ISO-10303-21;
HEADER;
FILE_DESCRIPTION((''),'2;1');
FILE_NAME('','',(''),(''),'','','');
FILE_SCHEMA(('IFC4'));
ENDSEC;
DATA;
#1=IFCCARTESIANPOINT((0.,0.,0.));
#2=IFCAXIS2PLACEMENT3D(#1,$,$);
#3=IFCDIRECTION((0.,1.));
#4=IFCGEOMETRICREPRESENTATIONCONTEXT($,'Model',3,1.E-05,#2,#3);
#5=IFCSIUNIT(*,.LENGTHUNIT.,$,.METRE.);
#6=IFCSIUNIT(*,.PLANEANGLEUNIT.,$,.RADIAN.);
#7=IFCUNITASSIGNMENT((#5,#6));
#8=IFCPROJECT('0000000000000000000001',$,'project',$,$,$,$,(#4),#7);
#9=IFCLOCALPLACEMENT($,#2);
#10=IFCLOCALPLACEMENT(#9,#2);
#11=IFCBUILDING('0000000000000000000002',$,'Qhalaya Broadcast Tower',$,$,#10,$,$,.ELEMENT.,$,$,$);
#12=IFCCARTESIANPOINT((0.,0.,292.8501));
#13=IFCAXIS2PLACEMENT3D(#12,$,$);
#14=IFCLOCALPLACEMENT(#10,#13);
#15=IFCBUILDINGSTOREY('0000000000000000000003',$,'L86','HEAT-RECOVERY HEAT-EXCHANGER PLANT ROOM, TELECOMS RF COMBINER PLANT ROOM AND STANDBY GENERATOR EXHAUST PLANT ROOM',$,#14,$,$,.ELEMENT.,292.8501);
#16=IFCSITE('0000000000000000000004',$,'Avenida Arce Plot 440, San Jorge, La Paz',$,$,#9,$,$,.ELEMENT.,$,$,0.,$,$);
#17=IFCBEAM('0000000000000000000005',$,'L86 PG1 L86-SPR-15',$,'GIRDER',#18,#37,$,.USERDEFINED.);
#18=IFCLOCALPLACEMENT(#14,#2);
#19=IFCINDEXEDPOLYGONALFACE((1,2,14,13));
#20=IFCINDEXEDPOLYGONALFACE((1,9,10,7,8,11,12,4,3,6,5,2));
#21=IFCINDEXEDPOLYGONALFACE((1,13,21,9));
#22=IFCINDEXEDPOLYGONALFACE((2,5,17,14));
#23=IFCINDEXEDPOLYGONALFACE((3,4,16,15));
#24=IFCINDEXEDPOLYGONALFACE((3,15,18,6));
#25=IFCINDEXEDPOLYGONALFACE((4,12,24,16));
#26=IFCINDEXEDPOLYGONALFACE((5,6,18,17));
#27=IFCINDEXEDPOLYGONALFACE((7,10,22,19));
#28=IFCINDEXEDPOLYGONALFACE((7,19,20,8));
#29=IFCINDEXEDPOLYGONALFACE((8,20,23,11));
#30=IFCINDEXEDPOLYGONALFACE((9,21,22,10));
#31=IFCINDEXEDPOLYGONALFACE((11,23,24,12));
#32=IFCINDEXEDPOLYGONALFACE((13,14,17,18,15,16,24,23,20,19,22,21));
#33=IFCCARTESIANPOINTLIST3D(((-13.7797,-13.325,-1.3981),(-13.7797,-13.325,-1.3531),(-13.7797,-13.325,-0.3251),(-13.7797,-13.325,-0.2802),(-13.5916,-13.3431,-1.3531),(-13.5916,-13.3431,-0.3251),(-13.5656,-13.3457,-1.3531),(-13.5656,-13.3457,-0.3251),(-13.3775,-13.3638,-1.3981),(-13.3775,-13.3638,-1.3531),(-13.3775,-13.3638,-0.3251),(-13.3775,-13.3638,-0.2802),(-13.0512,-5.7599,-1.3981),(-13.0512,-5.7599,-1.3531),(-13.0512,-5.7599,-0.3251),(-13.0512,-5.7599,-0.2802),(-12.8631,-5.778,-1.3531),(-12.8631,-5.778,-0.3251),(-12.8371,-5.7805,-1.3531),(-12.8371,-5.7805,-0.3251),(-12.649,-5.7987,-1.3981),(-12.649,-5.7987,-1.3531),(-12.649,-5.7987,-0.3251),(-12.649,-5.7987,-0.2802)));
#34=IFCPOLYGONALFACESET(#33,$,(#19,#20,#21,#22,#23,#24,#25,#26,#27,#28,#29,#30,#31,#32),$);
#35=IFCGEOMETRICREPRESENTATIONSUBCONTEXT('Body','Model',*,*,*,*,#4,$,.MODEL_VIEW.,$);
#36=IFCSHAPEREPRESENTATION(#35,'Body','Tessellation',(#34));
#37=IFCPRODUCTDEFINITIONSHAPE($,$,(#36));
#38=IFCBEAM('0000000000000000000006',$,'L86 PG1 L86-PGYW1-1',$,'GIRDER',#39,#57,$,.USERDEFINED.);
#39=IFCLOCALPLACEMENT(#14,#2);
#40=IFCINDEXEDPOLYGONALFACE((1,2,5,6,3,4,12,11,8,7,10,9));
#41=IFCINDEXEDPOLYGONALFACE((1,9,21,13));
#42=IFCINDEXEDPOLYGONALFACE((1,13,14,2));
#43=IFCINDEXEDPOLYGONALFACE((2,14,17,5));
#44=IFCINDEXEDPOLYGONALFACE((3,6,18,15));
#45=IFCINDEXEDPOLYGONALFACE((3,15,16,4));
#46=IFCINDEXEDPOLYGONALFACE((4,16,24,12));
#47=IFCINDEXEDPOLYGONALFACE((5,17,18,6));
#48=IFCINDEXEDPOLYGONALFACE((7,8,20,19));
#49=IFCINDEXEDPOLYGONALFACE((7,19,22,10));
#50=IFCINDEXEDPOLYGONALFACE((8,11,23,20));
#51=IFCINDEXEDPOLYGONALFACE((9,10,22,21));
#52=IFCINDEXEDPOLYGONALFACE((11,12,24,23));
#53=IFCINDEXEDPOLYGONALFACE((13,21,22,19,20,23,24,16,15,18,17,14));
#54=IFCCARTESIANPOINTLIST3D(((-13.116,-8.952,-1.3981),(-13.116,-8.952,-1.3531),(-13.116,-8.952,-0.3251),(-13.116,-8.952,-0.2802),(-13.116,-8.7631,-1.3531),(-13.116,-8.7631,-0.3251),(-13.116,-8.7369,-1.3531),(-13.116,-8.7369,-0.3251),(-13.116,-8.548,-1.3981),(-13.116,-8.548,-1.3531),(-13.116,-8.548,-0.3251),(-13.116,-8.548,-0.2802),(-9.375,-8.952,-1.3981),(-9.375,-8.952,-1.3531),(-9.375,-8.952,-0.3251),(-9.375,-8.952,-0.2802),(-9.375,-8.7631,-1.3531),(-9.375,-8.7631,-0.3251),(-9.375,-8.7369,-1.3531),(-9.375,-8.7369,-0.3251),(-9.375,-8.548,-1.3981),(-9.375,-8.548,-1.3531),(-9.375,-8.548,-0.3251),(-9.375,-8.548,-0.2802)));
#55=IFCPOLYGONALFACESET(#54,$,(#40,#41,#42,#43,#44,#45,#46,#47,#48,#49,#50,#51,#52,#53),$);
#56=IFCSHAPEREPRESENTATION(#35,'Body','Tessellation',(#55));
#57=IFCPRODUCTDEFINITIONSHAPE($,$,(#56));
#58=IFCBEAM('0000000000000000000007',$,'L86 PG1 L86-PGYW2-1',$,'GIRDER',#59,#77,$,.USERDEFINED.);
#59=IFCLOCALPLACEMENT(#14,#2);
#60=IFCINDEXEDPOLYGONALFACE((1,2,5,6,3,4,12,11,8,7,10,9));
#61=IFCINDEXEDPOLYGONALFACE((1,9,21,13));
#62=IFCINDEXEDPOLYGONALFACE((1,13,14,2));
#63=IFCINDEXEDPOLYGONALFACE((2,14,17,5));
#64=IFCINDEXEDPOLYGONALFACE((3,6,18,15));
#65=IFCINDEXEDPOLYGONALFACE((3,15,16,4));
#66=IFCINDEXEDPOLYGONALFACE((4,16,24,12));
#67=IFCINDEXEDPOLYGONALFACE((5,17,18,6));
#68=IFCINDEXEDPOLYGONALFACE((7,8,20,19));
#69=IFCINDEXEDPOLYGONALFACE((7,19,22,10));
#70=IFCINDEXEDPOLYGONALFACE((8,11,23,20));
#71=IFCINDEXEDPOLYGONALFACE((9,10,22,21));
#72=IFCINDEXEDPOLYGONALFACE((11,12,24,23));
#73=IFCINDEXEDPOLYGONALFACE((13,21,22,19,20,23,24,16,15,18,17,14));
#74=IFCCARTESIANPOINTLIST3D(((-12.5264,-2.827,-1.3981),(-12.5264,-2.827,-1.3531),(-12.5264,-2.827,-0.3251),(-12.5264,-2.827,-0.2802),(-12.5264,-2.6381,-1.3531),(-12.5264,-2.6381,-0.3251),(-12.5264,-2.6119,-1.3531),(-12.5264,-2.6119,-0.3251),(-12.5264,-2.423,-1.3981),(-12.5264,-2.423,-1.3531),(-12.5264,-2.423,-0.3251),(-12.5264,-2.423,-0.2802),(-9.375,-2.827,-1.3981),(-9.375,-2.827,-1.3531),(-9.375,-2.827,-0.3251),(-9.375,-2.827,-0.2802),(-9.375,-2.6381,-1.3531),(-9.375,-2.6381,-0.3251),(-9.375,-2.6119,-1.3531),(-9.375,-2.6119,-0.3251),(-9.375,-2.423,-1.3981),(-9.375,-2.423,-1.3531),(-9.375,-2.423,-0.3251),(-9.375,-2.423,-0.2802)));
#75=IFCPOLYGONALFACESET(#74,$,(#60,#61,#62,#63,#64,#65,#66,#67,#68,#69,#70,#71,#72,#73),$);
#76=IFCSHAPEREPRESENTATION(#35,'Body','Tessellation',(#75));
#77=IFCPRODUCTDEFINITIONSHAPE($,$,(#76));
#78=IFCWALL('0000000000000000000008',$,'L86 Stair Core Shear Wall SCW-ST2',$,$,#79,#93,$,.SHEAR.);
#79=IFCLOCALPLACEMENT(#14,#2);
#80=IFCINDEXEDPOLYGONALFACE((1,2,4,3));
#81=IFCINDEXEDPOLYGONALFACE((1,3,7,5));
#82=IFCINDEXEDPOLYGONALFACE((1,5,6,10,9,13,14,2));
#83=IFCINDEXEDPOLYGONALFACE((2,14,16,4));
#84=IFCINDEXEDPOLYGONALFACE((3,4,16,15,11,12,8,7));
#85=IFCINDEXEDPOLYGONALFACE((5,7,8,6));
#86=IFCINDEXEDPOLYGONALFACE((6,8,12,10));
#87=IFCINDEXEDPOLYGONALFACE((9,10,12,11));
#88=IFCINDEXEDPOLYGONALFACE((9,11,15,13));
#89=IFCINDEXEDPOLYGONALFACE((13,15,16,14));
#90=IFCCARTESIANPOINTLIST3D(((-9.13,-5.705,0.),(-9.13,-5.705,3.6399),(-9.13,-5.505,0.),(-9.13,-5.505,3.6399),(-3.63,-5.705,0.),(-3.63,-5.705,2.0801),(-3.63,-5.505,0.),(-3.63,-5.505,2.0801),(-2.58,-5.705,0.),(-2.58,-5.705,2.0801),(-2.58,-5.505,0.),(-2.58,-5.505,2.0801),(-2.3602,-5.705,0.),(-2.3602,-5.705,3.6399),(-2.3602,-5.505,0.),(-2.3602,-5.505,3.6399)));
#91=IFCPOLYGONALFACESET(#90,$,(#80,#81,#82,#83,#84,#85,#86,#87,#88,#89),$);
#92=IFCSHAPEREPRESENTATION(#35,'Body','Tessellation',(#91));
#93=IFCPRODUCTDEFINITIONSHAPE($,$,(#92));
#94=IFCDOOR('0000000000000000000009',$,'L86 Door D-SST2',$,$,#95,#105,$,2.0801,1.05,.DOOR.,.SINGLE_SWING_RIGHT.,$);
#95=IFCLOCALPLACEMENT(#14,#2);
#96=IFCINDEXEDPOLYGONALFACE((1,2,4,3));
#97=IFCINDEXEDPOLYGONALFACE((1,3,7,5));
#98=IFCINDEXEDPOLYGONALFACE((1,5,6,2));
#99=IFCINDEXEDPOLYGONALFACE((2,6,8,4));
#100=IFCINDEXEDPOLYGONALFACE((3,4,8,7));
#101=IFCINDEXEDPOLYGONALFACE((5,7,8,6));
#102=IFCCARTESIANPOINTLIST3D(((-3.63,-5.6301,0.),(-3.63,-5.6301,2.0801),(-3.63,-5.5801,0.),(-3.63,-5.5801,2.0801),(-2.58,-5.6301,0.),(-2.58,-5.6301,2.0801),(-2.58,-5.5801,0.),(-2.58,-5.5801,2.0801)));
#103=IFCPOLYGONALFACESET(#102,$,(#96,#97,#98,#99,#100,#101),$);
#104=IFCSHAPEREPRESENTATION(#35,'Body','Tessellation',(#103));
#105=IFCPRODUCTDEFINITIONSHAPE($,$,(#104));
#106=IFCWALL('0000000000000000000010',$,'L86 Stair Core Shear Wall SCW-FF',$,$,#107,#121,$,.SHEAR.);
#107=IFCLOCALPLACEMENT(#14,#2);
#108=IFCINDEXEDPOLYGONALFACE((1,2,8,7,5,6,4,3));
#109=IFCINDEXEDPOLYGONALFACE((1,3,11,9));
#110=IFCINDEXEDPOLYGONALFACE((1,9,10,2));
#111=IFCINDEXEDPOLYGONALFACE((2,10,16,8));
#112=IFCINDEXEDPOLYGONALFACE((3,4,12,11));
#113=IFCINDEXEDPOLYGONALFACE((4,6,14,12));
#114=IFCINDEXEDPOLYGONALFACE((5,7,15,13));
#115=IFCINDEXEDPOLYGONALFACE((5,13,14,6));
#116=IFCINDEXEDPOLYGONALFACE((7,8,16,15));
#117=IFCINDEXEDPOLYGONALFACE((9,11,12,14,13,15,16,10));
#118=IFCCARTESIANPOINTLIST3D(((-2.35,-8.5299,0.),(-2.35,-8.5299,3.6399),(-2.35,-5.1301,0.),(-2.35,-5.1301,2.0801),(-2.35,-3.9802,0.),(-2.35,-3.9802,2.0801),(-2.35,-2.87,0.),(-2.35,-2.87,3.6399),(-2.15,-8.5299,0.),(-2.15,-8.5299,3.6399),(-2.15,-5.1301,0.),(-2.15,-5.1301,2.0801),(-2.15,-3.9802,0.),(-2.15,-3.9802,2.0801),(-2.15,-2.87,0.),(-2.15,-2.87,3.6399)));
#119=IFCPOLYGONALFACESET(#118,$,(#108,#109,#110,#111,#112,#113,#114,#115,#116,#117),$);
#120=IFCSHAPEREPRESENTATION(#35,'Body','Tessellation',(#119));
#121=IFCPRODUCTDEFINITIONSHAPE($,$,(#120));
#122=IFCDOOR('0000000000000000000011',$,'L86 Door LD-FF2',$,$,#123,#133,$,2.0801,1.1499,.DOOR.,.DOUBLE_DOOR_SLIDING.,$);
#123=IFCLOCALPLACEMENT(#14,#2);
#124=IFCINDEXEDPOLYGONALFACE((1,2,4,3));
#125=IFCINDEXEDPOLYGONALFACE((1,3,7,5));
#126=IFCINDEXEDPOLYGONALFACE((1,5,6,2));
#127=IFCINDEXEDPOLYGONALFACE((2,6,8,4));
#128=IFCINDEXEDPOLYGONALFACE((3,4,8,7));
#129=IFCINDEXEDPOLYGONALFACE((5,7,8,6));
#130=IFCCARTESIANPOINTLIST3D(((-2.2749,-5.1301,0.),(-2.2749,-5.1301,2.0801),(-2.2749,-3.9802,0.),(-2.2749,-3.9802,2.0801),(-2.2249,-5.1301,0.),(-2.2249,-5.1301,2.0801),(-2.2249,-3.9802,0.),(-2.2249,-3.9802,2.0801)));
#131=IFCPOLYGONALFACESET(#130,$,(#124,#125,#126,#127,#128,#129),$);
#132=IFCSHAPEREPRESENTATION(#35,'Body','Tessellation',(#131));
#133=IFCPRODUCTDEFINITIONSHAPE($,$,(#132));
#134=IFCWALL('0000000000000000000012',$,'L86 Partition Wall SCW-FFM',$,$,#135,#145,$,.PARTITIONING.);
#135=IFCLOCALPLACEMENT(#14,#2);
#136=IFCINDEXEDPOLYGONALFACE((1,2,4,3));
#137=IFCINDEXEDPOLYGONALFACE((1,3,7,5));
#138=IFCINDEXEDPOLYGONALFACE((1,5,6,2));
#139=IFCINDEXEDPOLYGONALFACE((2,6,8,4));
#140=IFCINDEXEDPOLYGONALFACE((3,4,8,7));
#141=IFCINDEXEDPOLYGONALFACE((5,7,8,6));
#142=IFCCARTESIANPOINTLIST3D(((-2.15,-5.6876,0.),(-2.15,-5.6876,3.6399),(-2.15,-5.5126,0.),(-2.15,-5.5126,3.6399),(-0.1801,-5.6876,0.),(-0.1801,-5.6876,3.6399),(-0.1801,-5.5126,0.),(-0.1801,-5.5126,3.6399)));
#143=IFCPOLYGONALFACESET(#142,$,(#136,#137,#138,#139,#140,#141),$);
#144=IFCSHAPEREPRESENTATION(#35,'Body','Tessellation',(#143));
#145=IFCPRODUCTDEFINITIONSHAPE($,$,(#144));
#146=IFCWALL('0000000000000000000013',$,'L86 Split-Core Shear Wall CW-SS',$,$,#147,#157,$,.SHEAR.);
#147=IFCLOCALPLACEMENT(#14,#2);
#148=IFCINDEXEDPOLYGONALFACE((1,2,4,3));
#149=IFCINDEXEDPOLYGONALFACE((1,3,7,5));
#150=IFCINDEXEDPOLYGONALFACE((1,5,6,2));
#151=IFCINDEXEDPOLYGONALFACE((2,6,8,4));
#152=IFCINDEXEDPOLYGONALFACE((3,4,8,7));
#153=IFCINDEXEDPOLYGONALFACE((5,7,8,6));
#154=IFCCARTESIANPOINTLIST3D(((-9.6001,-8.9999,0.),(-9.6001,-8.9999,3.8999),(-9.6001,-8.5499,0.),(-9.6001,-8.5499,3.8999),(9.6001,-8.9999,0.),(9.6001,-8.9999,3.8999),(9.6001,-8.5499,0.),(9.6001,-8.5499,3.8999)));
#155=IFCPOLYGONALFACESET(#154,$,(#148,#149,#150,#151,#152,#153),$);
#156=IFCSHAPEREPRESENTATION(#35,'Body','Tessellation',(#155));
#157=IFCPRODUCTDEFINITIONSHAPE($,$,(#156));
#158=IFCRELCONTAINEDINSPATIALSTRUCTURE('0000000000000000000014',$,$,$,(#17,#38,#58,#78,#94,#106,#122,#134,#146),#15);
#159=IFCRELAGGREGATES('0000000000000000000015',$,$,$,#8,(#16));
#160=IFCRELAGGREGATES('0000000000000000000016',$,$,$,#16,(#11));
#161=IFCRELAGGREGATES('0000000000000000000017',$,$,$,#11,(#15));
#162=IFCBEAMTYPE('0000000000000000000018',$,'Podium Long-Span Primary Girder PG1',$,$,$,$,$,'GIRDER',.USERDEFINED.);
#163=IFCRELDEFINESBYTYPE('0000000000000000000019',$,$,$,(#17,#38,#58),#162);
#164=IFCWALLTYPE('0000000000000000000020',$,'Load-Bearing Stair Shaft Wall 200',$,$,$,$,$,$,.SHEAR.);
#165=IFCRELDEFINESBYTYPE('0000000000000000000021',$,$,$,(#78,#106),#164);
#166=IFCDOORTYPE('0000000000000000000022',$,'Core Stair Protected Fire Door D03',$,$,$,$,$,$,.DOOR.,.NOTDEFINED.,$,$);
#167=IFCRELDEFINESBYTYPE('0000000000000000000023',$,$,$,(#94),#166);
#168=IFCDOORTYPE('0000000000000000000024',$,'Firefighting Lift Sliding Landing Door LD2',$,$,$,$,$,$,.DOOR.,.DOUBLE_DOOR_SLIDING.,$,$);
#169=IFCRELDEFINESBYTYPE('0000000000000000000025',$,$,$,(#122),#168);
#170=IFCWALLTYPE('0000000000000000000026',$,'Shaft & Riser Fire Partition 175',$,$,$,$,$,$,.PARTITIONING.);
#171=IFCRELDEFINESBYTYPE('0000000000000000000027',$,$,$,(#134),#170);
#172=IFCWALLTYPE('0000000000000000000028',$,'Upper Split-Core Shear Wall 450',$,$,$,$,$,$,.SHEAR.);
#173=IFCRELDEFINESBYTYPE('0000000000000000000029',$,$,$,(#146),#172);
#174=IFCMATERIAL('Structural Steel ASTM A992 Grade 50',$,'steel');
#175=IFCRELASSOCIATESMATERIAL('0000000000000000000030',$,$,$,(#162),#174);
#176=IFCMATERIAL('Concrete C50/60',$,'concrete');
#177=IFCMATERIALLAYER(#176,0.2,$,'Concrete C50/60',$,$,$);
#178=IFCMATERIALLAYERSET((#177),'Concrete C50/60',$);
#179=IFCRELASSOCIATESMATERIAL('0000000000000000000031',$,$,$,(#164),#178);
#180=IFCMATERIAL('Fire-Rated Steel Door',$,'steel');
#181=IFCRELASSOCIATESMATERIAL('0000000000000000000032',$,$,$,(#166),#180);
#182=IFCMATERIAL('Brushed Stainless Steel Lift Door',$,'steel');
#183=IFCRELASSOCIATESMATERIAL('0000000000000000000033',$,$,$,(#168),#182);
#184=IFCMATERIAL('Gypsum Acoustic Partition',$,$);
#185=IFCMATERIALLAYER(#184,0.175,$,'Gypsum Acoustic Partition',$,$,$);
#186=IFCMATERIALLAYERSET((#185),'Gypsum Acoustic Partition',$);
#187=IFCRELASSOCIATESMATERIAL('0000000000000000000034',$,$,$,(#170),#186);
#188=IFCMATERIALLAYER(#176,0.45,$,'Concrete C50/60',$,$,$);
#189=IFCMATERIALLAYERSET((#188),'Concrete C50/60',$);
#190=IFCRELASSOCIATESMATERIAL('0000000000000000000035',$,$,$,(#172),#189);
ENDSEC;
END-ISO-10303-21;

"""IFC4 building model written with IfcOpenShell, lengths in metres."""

from ifc_helpers import new_model, si_unit, direction, frame, frame_2d, origin, origin_2d, place, context, subcontext, project, spatial, rectangle, i_section, extrude, material, layer, layer_set, material_profile, profile_set, type_object, element, fill, save


model = new_model("IFC4")

# Units and contexts
model_context = context("Model", 3, precision=1e-05, world=origin(), true_north=direction((0.0, 1.0)))
body_context = subcontext(model_context, "Body", "Model", "MODEL_VIEW")
ifc_project = project(units=[si_unit("LENGTHUNIT", "METRE"), si_unit("PLANEANGLEUNIT", "RADIAN")], contexts=[model_context])

# Site, building, storey
site_placement = place(None, origin())
site = spatial("IfcSite", under=ifc_project, at=site_placement, Name="Avenida Arce Plot 440, San Jorge, La Paz", CompositionType="ELEMENT", RefElevation=0.0)
building_placement = place(site_placement, origin())
building = spatial("IfcBuilding", under=site, at=building_placement, Name="Qhalaya Broadcast Tower", CompositionType="ELEMENT")
storey_placement = place(building_placement, frame((0.0, 0.0, 292.8501)))
storey = spatial("IfcBuildingStorey", under=building, at=storey_placement, Name="L86", Description="HEAT-RECOVERY HEAT-EXCHANGER PLANT ROOM, TELECOMS RF COMBINER PLANT ROOM AND STANDBY GENERATOR EXHAUST PLANT ROOM", CompositionType="ELEMENT", Elevation=292.8501)

# Shared definitions
ifc_material_1 = material(Name="Concrete C50/60", Category="concrete")

# Beams
ifc_material_2 = material(Name="Structural Steel ASTM A992 Grade 50", Category="steel")
ifc_material_profile_1 = material_profile(ifc_material_2, i_section(OverallWidth=0.4041, OverallDepth=1.1179, WebThickness=0.0261, FlangeThickness=0.0449, at=origin_2d()), Name="W44X335")
ifc_profile_set_1 = profile_set([ifc_material_profile_1], Name="Structural Steel ASTM A992 Grade 50")
beam_type_1 = type_object("IfcBeamType", Name="Podium Long-Span Primary Girder PG1", ElementType="GIRDER", PredefinedType="USERDEFINED", material=ifc_profile_set_1)
beam_1_placement = place(storey_placement, frame((-12.8501, -5.7793, -0.8391), z_axis=(-0.095855, -0.995395, 0.0), x_axis=(0.995395, -0.095855, 0.0)))
element("IfcBeam", 1, at=beam_1_placement, inside=storey, type_object=beam_type_1, Name="L86 PG1 L86-SPR-15", ObjectType="GIRDER", PredefinedType="USERDEFINED", context=body_context, shape_type="SweptSolid", body=[
    extrude(i_section(OverallWidth=0.4041, OverallDepth=1.1179, WebThickness=0.0261, FlangeThickness=0.0449, at=origin_2d()), origin(), (0.0, 0.0, 1.0), 7.6001),
])
beam_2_placement = place(storey_placement, frame((-13.116, -8.75, -0.8391), z_axis=(1.0, 0.0, 0.0), x_axis=(0.0, 1.0, 0.0)))
element("IfcBeam", 2, at=beam_2_placement, inside=storey, type_object=beam_type_1, Name="L86 PG1 L86-PGYW1-1", ObjectType="GIRDER", PredefinedType="USERDEFINED", context=body_context, shape_type="SweptSolid", body=[
    extrude(i_section(OverallWidth=0.4041, OverallDepth=1.1179, WebThickness=0.0261, FlangeThickness=0.0449, at=origin_2d()), origin(), (0.0, 0.0, 1.0), 3.741),
])
beam_3_placement = place(storey_placement, frame((-12.5264, -2.625, -0.8391), z_axis=(1.0, 0.0, 0.0), x_axis=(0.0, 1.0, 0.0)))
element("IfcBeam", 3, at=beam_3_placement, inside=storey, type_object=beam_type_1, Name="L86 PG1 L86-PGYW2-1", ObjectType="GIRDER", PredefinedType="USERDEFINED", context=body_context, shape_type="SweptSolid", body=[
    extrude(i_section(OverallWidth=0.4041, OverallDepth=1.1179, WebThickness=0.0261, FlangeThickness=0.0449, at=origin_2d()), origin(), (0.0, 0.0, 1.0), 3.1514),
])

# Walls, openings, doors
ifc_layer_1 = layer(ifc_material_1, 0.2, Name="Concrete C50/60")
ifc_layer_set_1 = layer_set([ifc_layer_1], Name="Concrete C50/60")
wall_type_1 = type_object("IfcWallType", Name="Load-Bearing Stair Shaft Wall 200", PredefinedType="SHEAR", material=ifc_layer_set_1)
wall_1_placement = place(storey_placement, frame((-9.1299, -5.605, 0.0), z_axis=(0.0, 0.0, 1.0), x_axis=(1.0, 0.0, 0.0)))
wall_1 = element("IfcWall", 4, at=wall_1_placement, inside=storey, type_object=wall_type_1, Name="L86 Stair Core Shear Wall SCW-ST2", PredefinedType="SHEAR", context=body_context, shape_type="SweptSolid", body=[
    extrude(rectangle(XDim=6.7698, YDim=0.2, at=frame_2d((3.3848, 0.0))), origin(), (0.0, 0.0, 1.0), 3.6399),
])
opening_1_placement = place(wall_1_placement, frame((5.5, 0.0, 0.0)))
opening_1 = element("IfcOpeningElement", 5, at=opening_1_placement, cuts=wall_1, PredefinedType="OPENING", context=body_context, shape_type="SweptSolid", body=[
    extrude(rectangle(XDim=1.05, YDim=2.0801, at=frame_2d((0.5249, 1.04))), frame((0.0, 0.1121, 0.0), z_axis=(0.0, -1.0, 0.0), x_axis=(1.0, 0.0, 0.0)), (0.0, 0.0, 1.0), 0.2239),
])
ifc_material_3 = material(Name="Fire-Rated Steel Door", Category="steel")
door_type_1 = type_object("IfcDoorType", Name="Core Stair Protected Fire Door D03", OperationType="NOTDEFINED", PredefinedType="DOOR", material=ifc_material_3)
door_1_placement = place(opening_1_placement, origin())
door_1 = element("IfcDoor", 6, at=door_1_placement, inside=storey, type_object=door_type_1, Name="L86 Door D-SST2", OperationType="SINGLE_SWING_RIGHT", OverallHeight=2.0801, OverallWidth=1.05, PredefinedType="DOOR", context=body_context, shape_type="SweptSolid", body=[
    extrude(rectangle(XDim=1.05, YDim=2.0801, at=frame_2d((0.5249, 1.04))), frame((0.0, 0.0249, 0.0), z_axis=(0.0, -1.0, 0.0), x_axis=(1.0, 0.0, 0.0)), (0.0, 0.0, 1.0), 0.05),
])
fill(opening_1, door_1)
wall_2_placement = place(storey_placement, frame((-2.25, -8.53, 0.0), z_axis=(0.0, 0.0, 1.0), x_axis=(0.0, 1.0, 0.0)))
wall_2 = element("IfcWall", 7, at=wall_2_placement, inside=storey, type_object=wall_type_1, Name="L86 Stair Core Shear Wall SCW-FF", PredefinedType="SHEAR", context=body_context, shape_type="SweptSolid", body=[
    extrude(rectangle(XDim=5.6599, YDim=0.2, at=frame_2d((2.8301, 0.0))), origin(), (0.0, 0.0, 1.0), 3.6399),
])
opening_2_placement = place(wall_2_placement, frame((3.3999, 0.0, 0.0)))
opening_2 = element("IfcOpeningElement", 8, at=opening_2_placement, cuts=wall_2, PredefinedType="OPENING", context=body_context, shape_type="SweptSolid", body=[
    extrude(rectangle(XDim=1.1499, YDim=2.0801, at=frame_2d((0.575, 1.04))), frame((0.0, 0.1121, 0.0), z_axis=(0.0, -1.0, 0.0), x_axis=(1.0, 0.0, 0.0)), (0.0, 0.0, 1.0), 0.2239),
])
ifc_material_4 = material(Name="Brushed Stainless Steel Lift Door", Category="steel")
door_type_2 = type_object("IfcDoorType", Name="Firefighting Lift Sliding Landing Door LD2", OperationType="DOUBLE_DOOR_SLIDING", PredefinedType="DOOR", material=ifc_material_4)
door_2_placement = place(opening_2_placement, origin())
door_2 = element("IfcDoor", 9, at=door_2_placement, inside=storey, type_object=door_type_2, Name="L86 Door LD-FF2", OperationType="DOUBLE_DOOR_SLIDING", OverallHeight=2.0801, OverallWidth=1.1499, PredefinedType="DOOR", context=body_context, shape_type="SweptSolid", body=[
    extrude(rectangle(XDim=1.1499, YDim=2.0801, at=frame_2d((0.575, 1.04))), frame((0.0, 0.0249, 0.0), z_axis=(0.0, -1.0, 0.0), x_axis=(1.0, 0.0, 0.0)), (0.0, 0.0, 1.0), 0.05),
])
fill(opening_2, door_2)

# Walls
ifc_material_5 = material(Name="Gypsum Acoustic Partition")
ifc_layer_2 = layer(ifc_material_5, 0.175, Name="Gypsum Acoustic Partition")
ifc_layer_set_2 = layer_set([ifc_layer_2], Name="Gypsum Acoustic Partition")
wall_type_2 = type_object("IfcWallType", Name="Shaft & Riser Fire Partition 175", PredefinedType="PARTITIONING", material=ifc_layer_set_2)
wall_3_placement = place(storey_placement, frame((-2.1499, -5.6001, 0.0), z_axis=(0.0, 0.0, 1.0), x_axis=(1.0, 0.0, 0.0)))
element("IfcWall", 10, at=wall_3_placement, inside=storey, type_object=wall_type_2, Name="L86 Partition Wall SCW-FFM", PredefinedType="PARTITIONING", context=body_context, shape_type="SweptSolid", body=[
    extrude(rectangle(XDim=1.97, YDim=0.175, at=frame_2d((0.9849, 0.0))), origin(), (0.0, 0.0, 1.0), 3.6399),
])
ifc_layer_3 = layer(ifc_material_1, 0.45, Name="Concrete C50/60")
ifc_layer_set_3 = layer_set([ifc_layer_3], Name="Concrete C50/60")
wall_type_3 = type_object("IfcWallType", Name="Upper Split-Core Shear Wall 450", PredefinedType="SHEAR", material=ifc_layer_set_3)
wall_4_placement = place(storey_placement, frame((-9.6001, -8.7749, 0.0), z_axis=(0.0, 0.0, 1.0), x_axis=(1.0, 0.0, 0.0)))
element("IfcWall", 11, at=wall_4_placement, inside=storey, type_object=wall_type_3, Name="L86 Split-Core Shear Wall CW-SS", PredefinedType="SHEAR", context=body_context, shape_type="SweptSolid", body=[
    extrude(rectangle(XDim=19.2002, YDim=0.45, at=frame_2d((9.6001, 0.0))), origin(), (0.0, 0.0, 1.0), 3.8999),
])

save(model, "model.ifc")
